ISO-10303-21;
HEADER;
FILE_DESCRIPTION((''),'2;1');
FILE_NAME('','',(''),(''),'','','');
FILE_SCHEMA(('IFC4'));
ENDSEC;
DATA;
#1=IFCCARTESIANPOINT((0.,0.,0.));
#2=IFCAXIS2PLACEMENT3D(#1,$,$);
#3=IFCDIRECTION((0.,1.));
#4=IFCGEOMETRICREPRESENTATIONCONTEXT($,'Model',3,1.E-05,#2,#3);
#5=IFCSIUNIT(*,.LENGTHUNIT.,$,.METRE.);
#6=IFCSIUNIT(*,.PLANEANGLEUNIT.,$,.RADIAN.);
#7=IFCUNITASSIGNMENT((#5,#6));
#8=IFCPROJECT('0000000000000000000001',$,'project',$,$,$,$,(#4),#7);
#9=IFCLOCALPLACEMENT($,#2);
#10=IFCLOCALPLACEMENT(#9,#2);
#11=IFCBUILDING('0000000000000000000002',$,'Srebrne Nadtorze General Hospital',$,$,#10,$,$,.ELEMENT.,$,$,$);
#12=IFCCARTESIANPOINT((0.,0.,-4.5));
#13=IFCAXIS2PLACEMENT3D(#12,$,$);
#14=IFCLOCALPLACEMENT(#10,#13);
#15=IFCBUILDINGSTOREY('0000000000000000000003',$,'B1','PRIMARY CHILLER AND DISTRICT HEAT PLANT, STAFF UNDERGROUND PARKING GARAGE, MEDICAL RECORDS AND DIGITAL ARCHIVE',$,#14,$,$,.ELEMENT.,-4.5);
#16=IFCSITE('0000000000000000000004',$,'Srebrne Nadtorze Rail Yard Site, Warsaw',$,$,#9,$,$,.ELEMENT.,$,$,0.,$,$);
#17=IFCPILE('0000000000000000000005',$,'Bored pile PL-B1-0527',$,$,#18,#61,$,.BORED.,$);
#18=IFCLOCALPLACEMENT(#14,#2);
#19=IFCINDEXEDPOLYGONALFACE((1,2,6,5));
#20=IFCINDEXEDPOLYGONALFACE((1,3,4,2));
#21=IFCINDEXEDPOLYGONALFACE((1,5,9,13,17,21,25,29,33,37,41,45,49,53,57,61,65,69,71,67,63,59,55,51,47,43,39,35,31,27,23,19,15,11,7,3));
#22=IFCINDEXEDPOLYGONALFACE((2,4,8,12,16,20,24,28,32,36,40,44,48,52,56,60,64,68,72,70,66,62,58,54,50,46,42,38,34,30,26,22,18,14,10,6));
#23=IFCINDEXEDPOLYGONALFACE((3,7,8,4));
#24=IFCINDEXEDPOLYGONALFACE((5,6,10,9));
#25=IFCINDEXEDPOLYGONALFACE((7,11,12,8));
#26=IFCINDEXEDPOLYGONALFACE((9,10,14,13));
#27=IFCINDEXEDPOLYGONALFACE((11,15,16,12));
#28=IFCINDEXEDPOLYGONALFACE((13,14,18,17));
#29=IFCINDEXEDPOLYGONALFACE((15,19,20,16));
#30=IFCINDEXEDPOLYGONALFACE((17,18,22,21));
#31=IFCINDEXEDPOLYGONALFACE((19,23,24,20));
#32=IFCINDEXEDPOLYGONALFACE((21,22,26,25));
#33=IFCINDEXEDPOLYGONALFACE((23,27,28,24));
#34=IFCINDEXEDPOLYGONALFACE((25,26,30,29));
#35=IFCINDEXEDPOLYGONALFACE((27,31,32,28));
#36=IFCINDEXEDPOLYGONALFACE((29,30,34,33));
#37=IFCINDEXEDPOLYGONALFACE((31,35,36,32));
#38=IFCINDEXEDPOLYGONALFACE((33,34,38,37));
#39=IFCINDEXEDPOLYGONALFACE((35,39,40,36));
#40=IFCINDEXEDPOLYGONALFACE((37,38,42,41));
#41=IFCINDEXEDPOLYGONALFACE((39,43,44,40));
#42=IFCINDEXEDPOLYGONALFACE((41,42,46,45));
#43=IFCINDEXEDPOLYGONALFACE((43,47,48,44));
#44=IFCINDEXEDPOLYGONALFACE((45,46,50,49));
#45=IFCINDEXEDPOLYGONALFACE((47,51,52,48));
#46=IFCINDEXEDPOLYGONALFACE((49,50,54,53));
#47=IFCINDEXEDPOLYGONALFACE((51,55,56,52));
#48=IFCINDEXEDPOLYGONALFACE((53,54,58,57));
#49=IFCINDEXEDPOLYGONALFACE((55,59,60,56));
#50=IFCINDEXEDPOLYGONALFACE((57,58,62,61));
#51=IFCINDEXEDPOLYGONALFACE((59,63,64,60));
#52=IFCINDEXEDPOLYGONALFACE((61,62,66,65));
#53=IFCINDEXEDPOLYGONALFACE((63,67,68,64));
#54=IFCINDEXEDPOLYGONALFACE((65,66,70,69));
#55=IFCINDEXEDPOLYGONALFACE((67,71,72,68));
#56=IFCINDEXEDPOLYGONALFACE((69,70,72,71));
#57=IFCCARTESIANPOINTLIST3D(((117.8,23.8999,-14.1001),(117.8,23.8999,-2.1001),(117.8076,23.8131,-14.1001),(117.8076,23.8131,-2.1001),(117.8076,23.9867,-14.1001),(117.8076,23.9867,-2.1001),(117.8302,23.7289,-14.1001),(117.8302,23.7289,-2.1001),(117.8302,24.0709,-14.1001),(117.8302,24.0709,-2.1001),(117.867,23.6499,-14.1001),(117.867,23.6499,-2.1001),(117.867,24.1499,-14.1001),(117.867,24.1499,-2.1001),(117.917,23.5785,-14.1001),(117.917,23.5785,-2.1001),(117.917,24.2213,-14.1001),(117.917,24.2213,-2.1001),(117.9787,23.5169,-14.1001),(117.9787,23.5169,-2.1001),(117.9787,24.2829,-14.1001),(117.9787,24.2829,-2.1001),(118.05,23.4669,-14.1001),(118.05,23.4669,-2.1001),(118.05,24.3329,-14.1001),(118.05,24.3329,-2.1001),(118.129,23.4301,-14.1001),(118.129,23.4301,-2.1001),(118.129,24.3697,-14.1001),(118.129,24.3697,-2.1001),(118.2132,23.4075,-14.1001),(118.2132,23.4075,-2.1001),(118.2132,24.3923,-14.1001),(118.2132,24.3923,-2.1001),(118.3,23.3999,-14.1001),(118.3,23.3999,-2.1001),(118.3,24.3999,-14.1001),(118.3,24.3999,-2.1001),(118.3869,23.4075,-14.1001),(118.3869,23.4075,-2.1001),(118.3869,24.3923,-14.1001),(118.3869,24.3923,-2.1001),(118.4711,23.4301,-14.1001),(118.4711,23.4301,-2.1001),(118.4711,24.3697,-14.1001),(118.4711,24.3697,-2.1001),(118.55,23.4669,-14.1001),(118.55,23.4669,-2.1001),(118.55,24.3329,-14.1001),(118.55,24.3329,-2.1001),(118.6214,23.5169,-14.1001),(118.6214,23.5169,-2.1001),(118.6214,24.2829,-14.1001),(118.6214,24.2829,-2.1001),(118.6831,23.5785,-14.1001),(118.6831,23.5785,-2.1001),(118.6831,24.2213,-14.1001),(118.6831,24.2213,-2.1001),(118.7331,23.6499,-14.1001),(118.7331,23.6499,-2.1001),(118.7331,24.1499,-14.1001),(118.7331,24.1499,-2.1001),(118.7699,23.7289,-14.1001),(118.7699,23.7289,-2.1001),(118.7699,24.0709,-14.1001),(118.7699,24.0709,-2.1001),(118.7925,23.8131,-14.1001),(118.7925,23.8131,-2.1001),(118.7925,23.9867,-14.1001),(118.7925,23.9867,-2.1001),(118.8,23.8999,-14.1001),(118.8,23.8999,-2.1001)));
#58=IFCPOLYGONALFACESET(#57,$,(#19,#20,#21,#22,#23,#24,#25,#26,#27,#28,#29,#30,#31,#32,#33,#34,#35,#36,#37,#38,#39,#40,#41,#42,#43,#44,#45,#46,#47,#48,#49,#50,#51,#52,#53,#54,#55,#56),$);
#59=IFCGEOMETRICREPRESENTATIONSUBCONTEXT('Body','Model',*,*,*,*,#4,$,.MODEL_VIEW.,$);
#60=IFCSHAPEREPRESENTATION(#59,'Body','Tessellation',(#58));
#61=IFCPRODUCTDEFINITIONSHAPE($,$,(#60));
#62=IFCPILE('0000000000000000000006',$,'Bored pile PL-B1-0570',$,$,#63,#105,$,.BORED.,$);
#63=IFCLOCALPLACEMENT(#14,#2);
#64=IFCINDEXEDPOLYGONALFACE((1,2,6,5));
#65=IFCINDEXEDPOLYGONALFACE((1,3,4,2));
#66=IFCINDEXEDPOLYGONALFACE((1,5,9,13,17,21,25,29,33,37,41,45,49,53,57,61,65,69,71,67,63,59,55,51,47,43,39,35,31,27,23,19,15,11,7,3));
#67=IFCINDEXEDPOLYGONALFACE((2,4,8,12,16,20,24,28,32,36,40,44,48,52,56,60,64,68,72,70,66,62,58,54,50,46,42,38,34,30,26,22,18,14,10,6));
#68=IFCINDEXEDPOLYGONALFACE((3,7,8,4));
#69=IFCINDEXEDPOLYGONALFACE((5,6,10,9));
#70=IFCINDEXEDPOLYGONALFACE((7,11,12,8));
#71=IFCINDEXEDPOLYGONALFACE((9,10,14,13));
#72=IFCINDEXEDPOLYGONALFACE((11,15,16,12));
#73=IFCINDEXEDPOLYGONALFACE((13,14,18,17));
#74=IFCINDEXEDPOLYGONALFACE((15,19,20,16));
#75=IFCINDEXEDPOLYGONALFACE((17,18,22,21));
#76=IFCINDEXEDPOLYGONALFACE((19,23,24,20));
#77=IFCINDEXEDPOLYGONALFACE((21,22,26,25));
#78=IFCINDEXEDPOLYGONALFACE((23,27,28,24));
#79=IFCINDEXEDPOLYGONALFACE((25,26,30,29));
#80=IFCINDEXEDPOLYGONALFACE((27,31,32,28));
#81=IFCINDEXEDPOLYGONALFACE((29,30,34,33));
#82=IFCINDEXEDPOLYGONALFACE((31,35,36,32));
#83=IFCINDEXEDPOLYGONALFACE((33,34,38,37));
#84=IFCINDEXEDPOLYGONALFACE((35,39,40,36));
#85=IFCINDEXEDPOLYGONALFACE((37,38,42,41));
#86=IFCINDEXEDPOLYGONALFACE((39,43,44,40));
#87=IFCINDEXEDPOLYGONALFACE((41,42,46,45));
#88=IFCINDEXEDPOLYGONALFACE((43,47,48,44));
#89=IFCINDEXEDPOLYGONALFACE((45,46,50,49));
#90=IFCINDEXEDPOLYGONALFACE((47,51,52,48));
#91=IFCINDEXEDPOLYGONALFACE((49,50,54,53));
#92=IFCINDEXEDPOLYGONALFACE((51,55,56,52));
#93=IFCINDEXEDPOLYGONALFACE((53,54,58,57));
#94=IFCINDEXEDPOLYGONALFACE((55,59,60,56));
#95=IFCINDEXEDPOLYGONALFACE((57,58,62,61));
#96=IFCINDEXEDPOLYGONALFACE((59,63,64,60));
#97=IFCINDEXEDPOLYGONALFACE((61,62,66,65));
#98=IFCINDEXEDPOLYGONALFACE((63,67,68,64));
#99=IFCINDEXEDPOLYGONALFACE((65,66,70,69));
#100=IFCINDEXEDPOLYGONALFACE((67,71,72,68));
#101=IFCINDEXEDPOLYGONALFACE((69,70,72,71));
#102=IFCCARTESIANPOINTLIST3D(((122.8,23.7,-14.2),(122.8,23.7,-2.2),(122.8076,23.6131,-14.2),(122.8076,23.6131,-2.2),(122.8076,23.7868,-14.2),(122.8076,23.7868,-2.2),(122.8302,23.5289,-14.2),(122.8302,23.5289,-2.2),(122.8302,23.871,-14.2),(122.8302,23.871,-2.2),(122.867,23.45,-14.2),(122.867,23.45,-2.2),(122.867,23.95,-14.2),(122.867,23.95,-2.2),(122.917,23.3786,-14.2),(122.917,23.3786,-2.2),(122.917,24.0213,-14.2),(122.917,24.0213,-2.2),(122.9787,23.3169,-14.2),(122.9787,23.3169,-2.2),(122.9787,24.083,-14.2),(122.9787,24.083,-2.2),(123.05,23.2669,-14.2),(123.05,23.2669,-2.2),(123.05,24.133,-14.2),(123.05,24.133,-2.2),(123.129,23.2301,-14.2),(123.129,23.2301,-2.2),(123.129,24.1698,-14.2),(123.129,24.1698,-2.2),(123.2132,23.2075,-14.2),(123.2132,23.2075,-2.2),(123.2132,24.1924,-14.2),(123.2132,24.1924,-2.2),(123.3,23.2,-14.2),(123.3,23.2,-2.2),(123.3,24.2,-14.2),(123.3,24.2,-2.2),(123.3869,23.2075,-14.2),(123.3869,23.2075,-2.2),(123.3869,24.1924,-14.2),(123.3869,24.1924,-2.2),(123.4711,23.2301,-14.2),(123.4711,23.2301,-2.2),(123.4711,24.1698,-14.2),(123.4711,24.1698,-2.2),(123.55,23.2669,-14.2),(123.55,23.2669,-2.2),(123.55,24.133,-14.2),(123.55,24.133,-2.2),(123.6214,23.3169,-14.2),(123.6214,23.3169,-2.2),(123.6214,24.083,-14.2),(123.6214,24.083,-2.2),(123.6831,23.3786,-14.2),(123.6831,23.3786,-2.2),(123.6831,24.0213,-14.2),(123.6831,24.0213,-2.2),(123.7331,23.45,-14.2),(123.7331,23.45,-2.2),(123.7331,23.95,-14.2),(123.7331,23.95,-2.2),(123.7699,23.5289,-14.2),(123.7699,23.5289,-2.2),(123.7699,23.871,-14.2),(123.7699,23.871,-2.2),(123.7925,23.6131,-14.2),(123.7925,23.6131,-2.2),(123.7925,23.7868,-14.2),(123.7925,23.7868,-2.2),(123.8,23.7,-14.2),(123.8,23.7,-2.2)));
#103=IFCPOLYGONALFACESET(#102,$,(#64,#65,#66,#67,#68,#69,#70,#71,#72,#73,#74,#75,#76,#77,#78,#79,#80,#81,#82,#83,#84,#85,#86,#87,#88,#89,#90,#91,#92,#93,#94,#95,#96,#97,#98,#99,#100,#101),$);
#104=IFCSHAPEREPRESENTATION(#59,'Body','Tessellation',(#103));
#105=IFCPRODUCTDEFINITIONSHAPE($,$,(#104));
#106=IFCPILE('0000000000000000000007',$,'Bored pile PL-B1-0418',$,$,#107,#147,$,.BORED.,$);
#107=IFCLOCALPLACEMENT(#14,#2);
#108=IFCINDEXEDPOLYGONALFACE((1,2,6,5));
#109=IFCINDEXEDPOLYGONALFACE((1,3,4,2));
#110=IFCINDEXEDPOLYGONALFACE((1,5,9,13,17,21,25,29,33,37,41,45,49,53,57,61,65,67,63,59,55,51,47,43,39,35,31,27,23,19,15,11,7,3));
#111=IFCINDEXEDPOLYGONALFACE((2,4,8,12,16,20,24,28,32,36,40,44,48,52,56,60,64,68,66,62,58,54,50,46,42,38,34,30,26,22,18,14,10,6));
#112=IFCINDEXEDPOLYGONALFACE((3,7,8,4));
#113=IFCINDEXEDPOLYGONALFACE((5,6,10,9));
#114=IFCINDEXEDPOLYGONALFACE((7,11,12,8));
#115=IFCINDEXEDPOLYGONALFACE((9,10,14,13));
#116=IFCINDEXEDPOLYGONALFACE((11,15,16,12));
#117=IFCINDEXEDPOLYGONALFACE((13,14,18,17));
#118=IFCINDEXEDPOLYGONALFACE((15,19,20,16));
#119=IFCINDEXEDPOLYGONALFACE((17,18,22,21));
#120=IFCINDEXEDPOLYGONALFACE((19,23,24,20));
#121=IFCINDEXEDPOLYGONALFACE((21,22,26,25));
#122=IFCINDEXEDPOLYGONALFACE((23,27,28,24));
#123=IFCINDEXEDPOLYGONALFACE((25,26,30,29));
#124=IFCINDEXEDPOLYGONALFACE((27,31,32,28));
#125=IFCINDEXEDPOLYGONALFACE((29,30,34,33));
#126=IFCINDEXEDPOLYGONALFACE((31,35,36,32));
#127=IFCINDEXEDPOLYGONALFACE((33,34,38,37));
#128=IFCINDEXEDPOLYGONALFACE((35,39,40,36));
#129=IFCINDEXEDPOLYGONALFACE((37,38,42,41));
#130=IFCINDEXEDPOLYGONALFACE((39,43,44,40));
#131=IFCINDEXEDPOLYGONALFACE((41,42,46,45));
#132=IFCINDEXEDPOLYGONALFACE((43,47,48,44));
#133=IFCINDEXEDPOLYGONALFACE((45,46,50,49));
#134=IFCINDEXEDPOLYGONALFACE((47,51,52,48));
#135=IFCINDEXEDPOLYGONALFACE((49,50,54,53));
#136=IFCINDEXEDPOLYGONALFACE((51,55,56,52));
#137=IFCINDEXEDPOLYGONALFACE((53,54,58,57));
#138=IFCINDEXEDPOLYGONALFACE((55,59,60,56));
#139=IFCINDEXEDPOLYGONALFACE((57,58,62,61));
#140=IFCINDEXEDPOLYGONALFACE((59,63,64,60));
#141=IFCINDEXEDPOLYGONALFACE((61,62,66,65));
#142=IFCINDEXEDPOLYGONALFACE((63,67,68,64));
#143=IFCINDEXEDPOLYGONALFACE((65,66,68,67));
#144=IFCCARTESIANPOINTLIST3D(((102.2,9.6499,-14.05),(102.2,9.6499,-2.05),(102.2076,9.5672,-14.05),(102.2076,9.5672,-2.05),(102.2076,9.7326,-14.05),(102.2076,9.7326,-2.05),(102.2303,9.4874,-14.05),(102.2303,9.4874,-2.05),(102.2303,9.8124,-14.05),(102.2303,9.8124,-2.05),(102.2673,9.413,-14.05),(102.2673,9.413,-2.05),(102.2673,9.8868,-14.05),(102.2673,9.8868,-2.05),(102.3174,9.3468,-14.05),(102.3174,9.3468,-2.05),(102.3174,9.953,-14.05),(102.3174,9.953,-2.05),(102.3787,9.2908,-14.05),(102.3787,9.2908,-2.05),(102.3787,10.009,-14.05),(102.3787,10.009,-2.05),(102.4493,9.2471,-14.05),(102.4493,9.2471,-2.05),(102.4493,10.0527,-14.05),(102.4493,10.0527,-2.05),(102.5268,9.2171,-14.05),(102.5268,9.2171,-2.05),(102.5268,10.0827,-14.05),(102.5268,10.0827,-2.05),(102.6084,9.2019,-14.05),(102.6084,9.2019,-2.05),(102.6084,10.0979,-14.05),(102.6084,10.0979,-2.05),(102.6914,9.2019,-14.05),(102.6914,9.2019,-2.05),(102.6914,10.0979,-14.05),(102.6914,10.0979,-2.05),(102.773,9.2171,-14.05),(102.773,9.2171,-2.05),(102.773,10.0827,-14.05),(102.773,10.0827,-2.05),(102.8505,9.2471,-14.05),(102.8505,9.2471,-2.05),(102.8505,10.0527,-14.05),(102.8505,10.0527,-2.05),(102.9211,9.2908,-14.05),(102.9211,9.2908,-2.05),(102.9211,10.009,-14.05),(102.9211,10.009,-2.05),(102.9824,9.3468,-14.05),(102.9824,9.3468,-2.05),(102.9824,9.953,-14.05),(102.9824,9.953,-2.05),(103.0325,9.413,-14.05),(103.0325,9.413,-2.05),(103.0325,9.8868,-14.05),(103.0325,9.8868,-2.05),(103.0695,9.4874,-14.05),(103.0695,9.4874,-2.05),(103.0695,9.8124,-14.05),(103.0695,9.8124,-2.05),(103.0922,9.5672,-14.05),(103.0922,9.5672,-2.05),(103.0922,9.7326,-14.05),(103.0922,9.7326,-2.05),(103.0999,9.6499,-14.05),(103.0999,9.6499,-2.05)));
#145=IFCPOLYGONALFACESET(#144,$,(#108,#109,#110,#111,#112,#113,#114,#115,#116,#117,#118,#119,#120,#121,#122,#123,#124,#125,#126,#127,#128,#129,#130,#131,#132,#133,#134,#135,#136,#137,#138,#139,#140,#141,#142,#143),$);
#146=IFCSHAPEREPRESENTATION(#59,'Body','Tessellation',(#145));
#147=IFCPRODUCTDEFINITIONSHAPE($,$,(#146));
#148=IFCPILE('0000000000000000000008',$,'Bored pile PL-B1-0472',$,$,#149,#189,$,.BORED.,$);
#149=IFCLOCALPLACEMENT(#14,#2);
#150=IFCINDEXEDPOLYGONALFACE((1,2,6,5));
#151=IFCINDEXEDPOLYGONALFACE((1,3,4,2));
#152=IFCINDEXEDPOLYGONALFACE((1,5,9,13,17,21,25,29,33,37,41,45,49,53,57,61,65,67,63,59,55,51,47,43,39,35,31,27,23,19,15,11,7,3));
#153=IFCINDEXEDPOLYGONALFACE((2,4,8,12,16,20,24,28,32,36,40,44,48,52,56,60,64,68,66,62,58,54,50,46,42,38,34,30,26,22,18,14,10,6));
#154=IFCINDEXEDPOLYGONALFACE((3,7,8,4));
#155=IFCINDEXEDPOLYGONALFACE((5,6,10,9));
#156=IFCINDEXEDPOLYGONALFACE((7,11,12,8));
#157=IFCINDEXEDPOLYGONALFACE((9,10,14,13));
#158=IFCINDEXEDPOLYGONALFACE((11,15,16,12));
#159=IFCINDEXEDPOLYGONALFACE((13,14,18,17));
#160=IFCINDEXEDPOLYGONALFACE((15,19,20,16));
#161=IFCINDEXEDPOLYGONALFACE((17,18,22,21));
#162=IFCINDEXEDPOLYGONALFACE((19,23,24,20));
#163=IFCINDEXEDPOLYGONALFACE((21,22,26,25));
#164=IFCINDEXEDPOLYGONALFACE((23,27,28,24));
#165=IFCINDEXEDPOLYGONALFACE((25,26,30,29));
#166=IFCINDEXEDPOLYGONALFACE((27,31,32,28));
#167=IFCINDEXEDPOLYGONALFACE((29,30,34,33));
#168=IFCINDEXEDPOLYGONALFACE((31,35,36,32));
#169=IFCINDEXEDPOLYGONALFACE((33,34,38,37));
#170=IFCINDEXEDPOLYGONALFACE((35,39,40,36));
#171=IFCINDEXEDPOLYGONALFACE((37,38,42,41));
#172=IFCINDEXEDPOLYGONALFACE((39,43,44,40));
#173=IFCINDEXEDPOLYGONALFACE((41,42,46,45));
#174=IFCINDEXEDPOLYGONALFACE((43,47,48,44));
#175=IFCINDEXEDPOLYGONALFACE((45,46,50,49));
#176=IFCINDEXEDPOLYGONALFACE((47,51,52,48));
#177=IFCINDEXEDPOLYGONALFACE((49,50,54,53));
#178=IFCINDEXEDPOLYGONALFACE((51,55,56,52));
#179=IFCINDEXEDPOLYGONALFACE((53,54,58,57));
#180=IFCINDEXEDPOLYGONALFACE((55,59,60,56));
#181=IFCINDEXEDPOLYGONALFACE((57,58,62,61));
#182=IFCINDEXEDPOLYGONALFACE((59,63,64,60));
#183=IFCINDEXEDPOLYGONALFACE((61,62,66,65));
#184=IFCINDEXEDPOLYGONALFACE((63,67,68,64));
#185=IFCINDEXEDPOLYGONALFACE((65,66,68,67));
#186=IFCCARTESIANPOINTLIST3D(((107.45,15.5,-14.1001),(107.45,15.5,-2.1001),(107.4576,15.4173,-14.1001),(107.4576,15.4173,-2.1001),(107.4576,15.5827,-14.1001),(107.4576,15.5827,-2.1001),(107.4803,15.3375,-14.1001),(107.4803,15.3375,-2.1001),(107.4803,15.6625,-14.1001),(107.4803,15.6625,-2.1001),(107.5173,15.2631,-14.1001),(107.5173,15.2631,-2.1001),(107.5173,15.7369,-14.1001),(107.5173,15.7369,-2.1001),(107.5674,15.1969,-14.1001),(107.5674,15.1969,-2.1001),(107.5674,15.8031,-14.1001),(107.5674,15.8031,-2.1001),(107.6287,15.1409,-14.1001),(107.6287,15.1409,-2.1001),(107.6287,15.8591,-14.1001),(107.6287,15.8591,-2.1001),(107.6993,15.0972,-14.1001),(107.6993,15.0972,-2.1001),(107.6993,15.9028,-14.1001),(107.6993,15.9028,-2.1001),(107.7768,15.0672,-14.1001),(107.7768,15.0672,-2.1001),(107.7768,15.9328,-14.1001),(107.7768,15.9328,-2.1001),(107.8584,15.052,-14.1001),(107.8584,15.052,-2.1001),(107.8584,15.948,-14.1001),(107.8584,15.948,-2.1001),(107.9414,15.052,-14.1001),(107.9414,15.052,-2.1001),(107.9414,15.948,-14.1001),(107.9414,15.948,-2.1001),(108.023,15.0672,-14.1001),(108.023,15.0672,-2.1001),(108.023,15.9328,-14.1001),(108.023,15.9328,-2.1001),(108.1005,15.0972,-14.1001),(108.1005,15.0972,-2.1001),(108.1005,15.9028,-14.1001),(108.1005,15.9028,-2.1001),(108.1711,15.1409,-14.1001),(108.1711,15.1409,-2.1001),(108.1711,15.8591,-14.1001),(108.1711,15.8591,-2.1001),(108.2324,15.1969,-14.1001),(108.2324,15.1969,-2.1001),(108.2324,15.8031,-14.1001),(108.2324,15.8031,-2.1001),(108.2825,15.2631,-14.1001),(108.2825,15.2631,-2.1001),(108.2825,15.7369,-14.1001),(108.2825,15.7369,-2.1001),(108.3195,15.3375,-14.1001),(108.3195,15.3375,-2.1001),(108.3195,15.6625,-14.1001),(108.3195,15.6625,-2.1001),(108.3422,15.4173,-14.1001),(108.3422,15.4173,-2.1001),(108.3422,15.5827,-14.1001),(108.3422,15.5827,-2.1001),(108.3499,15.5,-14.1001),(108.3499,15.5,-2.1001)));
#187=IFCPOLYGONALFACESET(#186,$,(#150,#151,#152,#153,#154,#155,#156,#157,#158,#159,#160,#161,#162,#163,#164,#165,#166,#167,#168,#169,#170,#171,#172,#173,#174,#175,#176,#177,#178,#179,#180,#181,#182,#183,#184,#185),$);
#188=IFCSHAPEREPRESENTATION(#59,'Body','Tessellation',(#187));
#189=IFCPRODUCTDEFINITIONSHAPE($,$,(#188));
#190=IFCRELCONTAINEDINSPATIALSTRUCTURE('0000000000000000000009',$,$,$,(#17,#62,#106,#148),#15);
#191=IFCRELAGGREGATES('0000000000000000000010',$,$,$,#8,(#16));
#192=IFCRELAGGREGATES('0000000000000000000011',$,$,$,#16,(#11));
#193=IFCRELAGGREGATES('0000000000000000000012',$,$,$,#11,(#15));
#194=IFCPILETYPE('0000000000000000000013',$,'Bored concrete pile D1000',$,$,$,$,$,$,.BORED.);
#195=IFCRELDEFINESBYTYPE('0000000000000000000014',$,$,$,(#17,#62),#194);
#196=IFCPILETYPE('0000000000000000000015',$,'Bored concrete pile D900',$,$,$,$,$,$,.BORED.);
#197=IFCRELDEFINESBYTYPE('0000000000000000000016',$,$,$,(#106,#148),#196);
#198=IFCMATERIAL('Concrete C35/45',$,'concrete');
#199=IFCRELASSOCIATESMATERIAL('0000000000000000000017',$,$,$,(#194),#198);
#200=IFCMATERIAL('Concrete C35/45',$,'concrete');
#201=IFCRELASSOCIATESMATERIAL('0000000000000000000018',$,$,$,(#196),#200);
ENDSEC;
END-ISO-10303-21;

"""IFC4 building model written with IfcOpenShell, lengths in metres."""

from ifc_helpers import new_model, si_unit, direction, frame, origin, origin_2d, place, context, subcontext, project, spatial, circle, extrude, material, material_profile, profile_set, type_object, element, save


model = new_model("IFC4")

# Units and contexts
model_context = context("Model", 3, precision=1e-05, world=origin(), true_north=direction((0.0, 1.0)))
body_context = subcontext(model_context, "Body", "Model", "MODEL_VIEW")
ifc_project = project(units=[si_unit("LENGTHUNIT", "METRE"), si_unit("PLANEANGLEUNIT", "RADIAN")], contexts=[model_context])

# Site, building, storey
site_placement = place(None, origin())
site = spatial("IfcSite", under=ifc_project, at=site_placement, Name="Srebrne Nadtorze Rail Yard Site, Warsaw", CompositionType="ELEMENT", RefElevation=0.0)
building_placement = place(site_placement, origin())
building = spatial("IfcBuilding", under=site, at=building_placement, Name="Srebrne Nadtorze General Hospital", CompositionType="ELEMENT")
storey_placement = place(building_placement, frame((0.0, 0.0, -4.5)))
storey = spatial("IfcBuildingStorey", under=building, at=storey_placement, Name="B1", Description="PRIMARY CHILLER AND DISTRICT HEAT PLANT, STAFF UNDERGROUND PARKING GARAGE, MEDICAL RECORDS AND DIGITAL ARCHIVE", CompositionType="ELEMENT", Elevation=-4.5)

# Piles
ifc_material_1 = material(Name="Concrete C35/45", Category="concrete")
ifc_material_profile_1 = material_profile(ifc_material_1, circle(Radius=0.5, at=origin_2d()), Name="PILE-D1000")
ifc_profile_set_1 = profile_set([ifc_material_profile_1], Name="Concrete C35/45")
pile_type_1 = type_object("IfcPileType", Name="Bored concrete pile D1000", PredefinedType="BORED", material=ifc_profile_set_1)
for number, where, z_axis, x_axis, name in (
    (1, (118.3, 23.8999, -2.1001), (0.0, 0.0, -1.0), (1.0, 0.0, 0.0), "Bored pile PL-B1-0527"),
    (2, (123.3, 23.7, -2.2), (0.0, 0.0, -1.0), (1.0, 0.0, 0.0), "Bored pile PL-B1-0570"),
):
    element("IfcPile", number, at=place(storey_placement, frame(where, z_axis=z_axis, x_axis=x_axis)), inside=storey, type_object=pile_type_1, Name=name, PredefinedType="BORED", context=body_context, shape_type="SweptSolid", body=[
        extrude(circle(Radius=0.5, at=origin_2d()), origin(), (0.0, 0.0, 1.0), 12.0),
    ])
ifc_material_2 = material(Name="Concrete C35/45", Category="concrete")
ifc_material_profile_2 = material_profile(ifc_material_2, circle(Radius=0.45, at=origin_2d()), Name="PILE-D900")
ifc_profile_set_2 = profile_set([ifc_material_profile_2], Name="Concrete C35/45")
pile_type_2 = type_object("IfcPileType", Name="Bored concrete pile D900", PredefinedType="BORED", material=ifc_profile_set_2)
for number, where, z_axis, x_axis, name in (
    (3, (102.6499, 9.6499, -2.05), (0.0, 0.0, -1.0), (1.0, 0.0, 0.0), "Bored pile PL-B1-0418"),
    (4, (107.8999, 15.5, -2.1001), (0.0, 0.0, -1.0), (1.0, 0.0, 0.0), "Bored pile PL-B1-0472"),
):
    element("IfcPile", number, at=place(storey_placement, frame(where, z_axis=z_axis, x_axis=x_axis)), inside=storey, type_object=pile_type_2, Name=name, PredefinedType="BORED", context=body_context, shape_type="SweptSolid", body=[
        extrude(circle(Radius=0.45, at=origin_2d()), origin(), (0.0, 0.0, 1.0), 12.0),
    ])

save(model, "model.ifc")
